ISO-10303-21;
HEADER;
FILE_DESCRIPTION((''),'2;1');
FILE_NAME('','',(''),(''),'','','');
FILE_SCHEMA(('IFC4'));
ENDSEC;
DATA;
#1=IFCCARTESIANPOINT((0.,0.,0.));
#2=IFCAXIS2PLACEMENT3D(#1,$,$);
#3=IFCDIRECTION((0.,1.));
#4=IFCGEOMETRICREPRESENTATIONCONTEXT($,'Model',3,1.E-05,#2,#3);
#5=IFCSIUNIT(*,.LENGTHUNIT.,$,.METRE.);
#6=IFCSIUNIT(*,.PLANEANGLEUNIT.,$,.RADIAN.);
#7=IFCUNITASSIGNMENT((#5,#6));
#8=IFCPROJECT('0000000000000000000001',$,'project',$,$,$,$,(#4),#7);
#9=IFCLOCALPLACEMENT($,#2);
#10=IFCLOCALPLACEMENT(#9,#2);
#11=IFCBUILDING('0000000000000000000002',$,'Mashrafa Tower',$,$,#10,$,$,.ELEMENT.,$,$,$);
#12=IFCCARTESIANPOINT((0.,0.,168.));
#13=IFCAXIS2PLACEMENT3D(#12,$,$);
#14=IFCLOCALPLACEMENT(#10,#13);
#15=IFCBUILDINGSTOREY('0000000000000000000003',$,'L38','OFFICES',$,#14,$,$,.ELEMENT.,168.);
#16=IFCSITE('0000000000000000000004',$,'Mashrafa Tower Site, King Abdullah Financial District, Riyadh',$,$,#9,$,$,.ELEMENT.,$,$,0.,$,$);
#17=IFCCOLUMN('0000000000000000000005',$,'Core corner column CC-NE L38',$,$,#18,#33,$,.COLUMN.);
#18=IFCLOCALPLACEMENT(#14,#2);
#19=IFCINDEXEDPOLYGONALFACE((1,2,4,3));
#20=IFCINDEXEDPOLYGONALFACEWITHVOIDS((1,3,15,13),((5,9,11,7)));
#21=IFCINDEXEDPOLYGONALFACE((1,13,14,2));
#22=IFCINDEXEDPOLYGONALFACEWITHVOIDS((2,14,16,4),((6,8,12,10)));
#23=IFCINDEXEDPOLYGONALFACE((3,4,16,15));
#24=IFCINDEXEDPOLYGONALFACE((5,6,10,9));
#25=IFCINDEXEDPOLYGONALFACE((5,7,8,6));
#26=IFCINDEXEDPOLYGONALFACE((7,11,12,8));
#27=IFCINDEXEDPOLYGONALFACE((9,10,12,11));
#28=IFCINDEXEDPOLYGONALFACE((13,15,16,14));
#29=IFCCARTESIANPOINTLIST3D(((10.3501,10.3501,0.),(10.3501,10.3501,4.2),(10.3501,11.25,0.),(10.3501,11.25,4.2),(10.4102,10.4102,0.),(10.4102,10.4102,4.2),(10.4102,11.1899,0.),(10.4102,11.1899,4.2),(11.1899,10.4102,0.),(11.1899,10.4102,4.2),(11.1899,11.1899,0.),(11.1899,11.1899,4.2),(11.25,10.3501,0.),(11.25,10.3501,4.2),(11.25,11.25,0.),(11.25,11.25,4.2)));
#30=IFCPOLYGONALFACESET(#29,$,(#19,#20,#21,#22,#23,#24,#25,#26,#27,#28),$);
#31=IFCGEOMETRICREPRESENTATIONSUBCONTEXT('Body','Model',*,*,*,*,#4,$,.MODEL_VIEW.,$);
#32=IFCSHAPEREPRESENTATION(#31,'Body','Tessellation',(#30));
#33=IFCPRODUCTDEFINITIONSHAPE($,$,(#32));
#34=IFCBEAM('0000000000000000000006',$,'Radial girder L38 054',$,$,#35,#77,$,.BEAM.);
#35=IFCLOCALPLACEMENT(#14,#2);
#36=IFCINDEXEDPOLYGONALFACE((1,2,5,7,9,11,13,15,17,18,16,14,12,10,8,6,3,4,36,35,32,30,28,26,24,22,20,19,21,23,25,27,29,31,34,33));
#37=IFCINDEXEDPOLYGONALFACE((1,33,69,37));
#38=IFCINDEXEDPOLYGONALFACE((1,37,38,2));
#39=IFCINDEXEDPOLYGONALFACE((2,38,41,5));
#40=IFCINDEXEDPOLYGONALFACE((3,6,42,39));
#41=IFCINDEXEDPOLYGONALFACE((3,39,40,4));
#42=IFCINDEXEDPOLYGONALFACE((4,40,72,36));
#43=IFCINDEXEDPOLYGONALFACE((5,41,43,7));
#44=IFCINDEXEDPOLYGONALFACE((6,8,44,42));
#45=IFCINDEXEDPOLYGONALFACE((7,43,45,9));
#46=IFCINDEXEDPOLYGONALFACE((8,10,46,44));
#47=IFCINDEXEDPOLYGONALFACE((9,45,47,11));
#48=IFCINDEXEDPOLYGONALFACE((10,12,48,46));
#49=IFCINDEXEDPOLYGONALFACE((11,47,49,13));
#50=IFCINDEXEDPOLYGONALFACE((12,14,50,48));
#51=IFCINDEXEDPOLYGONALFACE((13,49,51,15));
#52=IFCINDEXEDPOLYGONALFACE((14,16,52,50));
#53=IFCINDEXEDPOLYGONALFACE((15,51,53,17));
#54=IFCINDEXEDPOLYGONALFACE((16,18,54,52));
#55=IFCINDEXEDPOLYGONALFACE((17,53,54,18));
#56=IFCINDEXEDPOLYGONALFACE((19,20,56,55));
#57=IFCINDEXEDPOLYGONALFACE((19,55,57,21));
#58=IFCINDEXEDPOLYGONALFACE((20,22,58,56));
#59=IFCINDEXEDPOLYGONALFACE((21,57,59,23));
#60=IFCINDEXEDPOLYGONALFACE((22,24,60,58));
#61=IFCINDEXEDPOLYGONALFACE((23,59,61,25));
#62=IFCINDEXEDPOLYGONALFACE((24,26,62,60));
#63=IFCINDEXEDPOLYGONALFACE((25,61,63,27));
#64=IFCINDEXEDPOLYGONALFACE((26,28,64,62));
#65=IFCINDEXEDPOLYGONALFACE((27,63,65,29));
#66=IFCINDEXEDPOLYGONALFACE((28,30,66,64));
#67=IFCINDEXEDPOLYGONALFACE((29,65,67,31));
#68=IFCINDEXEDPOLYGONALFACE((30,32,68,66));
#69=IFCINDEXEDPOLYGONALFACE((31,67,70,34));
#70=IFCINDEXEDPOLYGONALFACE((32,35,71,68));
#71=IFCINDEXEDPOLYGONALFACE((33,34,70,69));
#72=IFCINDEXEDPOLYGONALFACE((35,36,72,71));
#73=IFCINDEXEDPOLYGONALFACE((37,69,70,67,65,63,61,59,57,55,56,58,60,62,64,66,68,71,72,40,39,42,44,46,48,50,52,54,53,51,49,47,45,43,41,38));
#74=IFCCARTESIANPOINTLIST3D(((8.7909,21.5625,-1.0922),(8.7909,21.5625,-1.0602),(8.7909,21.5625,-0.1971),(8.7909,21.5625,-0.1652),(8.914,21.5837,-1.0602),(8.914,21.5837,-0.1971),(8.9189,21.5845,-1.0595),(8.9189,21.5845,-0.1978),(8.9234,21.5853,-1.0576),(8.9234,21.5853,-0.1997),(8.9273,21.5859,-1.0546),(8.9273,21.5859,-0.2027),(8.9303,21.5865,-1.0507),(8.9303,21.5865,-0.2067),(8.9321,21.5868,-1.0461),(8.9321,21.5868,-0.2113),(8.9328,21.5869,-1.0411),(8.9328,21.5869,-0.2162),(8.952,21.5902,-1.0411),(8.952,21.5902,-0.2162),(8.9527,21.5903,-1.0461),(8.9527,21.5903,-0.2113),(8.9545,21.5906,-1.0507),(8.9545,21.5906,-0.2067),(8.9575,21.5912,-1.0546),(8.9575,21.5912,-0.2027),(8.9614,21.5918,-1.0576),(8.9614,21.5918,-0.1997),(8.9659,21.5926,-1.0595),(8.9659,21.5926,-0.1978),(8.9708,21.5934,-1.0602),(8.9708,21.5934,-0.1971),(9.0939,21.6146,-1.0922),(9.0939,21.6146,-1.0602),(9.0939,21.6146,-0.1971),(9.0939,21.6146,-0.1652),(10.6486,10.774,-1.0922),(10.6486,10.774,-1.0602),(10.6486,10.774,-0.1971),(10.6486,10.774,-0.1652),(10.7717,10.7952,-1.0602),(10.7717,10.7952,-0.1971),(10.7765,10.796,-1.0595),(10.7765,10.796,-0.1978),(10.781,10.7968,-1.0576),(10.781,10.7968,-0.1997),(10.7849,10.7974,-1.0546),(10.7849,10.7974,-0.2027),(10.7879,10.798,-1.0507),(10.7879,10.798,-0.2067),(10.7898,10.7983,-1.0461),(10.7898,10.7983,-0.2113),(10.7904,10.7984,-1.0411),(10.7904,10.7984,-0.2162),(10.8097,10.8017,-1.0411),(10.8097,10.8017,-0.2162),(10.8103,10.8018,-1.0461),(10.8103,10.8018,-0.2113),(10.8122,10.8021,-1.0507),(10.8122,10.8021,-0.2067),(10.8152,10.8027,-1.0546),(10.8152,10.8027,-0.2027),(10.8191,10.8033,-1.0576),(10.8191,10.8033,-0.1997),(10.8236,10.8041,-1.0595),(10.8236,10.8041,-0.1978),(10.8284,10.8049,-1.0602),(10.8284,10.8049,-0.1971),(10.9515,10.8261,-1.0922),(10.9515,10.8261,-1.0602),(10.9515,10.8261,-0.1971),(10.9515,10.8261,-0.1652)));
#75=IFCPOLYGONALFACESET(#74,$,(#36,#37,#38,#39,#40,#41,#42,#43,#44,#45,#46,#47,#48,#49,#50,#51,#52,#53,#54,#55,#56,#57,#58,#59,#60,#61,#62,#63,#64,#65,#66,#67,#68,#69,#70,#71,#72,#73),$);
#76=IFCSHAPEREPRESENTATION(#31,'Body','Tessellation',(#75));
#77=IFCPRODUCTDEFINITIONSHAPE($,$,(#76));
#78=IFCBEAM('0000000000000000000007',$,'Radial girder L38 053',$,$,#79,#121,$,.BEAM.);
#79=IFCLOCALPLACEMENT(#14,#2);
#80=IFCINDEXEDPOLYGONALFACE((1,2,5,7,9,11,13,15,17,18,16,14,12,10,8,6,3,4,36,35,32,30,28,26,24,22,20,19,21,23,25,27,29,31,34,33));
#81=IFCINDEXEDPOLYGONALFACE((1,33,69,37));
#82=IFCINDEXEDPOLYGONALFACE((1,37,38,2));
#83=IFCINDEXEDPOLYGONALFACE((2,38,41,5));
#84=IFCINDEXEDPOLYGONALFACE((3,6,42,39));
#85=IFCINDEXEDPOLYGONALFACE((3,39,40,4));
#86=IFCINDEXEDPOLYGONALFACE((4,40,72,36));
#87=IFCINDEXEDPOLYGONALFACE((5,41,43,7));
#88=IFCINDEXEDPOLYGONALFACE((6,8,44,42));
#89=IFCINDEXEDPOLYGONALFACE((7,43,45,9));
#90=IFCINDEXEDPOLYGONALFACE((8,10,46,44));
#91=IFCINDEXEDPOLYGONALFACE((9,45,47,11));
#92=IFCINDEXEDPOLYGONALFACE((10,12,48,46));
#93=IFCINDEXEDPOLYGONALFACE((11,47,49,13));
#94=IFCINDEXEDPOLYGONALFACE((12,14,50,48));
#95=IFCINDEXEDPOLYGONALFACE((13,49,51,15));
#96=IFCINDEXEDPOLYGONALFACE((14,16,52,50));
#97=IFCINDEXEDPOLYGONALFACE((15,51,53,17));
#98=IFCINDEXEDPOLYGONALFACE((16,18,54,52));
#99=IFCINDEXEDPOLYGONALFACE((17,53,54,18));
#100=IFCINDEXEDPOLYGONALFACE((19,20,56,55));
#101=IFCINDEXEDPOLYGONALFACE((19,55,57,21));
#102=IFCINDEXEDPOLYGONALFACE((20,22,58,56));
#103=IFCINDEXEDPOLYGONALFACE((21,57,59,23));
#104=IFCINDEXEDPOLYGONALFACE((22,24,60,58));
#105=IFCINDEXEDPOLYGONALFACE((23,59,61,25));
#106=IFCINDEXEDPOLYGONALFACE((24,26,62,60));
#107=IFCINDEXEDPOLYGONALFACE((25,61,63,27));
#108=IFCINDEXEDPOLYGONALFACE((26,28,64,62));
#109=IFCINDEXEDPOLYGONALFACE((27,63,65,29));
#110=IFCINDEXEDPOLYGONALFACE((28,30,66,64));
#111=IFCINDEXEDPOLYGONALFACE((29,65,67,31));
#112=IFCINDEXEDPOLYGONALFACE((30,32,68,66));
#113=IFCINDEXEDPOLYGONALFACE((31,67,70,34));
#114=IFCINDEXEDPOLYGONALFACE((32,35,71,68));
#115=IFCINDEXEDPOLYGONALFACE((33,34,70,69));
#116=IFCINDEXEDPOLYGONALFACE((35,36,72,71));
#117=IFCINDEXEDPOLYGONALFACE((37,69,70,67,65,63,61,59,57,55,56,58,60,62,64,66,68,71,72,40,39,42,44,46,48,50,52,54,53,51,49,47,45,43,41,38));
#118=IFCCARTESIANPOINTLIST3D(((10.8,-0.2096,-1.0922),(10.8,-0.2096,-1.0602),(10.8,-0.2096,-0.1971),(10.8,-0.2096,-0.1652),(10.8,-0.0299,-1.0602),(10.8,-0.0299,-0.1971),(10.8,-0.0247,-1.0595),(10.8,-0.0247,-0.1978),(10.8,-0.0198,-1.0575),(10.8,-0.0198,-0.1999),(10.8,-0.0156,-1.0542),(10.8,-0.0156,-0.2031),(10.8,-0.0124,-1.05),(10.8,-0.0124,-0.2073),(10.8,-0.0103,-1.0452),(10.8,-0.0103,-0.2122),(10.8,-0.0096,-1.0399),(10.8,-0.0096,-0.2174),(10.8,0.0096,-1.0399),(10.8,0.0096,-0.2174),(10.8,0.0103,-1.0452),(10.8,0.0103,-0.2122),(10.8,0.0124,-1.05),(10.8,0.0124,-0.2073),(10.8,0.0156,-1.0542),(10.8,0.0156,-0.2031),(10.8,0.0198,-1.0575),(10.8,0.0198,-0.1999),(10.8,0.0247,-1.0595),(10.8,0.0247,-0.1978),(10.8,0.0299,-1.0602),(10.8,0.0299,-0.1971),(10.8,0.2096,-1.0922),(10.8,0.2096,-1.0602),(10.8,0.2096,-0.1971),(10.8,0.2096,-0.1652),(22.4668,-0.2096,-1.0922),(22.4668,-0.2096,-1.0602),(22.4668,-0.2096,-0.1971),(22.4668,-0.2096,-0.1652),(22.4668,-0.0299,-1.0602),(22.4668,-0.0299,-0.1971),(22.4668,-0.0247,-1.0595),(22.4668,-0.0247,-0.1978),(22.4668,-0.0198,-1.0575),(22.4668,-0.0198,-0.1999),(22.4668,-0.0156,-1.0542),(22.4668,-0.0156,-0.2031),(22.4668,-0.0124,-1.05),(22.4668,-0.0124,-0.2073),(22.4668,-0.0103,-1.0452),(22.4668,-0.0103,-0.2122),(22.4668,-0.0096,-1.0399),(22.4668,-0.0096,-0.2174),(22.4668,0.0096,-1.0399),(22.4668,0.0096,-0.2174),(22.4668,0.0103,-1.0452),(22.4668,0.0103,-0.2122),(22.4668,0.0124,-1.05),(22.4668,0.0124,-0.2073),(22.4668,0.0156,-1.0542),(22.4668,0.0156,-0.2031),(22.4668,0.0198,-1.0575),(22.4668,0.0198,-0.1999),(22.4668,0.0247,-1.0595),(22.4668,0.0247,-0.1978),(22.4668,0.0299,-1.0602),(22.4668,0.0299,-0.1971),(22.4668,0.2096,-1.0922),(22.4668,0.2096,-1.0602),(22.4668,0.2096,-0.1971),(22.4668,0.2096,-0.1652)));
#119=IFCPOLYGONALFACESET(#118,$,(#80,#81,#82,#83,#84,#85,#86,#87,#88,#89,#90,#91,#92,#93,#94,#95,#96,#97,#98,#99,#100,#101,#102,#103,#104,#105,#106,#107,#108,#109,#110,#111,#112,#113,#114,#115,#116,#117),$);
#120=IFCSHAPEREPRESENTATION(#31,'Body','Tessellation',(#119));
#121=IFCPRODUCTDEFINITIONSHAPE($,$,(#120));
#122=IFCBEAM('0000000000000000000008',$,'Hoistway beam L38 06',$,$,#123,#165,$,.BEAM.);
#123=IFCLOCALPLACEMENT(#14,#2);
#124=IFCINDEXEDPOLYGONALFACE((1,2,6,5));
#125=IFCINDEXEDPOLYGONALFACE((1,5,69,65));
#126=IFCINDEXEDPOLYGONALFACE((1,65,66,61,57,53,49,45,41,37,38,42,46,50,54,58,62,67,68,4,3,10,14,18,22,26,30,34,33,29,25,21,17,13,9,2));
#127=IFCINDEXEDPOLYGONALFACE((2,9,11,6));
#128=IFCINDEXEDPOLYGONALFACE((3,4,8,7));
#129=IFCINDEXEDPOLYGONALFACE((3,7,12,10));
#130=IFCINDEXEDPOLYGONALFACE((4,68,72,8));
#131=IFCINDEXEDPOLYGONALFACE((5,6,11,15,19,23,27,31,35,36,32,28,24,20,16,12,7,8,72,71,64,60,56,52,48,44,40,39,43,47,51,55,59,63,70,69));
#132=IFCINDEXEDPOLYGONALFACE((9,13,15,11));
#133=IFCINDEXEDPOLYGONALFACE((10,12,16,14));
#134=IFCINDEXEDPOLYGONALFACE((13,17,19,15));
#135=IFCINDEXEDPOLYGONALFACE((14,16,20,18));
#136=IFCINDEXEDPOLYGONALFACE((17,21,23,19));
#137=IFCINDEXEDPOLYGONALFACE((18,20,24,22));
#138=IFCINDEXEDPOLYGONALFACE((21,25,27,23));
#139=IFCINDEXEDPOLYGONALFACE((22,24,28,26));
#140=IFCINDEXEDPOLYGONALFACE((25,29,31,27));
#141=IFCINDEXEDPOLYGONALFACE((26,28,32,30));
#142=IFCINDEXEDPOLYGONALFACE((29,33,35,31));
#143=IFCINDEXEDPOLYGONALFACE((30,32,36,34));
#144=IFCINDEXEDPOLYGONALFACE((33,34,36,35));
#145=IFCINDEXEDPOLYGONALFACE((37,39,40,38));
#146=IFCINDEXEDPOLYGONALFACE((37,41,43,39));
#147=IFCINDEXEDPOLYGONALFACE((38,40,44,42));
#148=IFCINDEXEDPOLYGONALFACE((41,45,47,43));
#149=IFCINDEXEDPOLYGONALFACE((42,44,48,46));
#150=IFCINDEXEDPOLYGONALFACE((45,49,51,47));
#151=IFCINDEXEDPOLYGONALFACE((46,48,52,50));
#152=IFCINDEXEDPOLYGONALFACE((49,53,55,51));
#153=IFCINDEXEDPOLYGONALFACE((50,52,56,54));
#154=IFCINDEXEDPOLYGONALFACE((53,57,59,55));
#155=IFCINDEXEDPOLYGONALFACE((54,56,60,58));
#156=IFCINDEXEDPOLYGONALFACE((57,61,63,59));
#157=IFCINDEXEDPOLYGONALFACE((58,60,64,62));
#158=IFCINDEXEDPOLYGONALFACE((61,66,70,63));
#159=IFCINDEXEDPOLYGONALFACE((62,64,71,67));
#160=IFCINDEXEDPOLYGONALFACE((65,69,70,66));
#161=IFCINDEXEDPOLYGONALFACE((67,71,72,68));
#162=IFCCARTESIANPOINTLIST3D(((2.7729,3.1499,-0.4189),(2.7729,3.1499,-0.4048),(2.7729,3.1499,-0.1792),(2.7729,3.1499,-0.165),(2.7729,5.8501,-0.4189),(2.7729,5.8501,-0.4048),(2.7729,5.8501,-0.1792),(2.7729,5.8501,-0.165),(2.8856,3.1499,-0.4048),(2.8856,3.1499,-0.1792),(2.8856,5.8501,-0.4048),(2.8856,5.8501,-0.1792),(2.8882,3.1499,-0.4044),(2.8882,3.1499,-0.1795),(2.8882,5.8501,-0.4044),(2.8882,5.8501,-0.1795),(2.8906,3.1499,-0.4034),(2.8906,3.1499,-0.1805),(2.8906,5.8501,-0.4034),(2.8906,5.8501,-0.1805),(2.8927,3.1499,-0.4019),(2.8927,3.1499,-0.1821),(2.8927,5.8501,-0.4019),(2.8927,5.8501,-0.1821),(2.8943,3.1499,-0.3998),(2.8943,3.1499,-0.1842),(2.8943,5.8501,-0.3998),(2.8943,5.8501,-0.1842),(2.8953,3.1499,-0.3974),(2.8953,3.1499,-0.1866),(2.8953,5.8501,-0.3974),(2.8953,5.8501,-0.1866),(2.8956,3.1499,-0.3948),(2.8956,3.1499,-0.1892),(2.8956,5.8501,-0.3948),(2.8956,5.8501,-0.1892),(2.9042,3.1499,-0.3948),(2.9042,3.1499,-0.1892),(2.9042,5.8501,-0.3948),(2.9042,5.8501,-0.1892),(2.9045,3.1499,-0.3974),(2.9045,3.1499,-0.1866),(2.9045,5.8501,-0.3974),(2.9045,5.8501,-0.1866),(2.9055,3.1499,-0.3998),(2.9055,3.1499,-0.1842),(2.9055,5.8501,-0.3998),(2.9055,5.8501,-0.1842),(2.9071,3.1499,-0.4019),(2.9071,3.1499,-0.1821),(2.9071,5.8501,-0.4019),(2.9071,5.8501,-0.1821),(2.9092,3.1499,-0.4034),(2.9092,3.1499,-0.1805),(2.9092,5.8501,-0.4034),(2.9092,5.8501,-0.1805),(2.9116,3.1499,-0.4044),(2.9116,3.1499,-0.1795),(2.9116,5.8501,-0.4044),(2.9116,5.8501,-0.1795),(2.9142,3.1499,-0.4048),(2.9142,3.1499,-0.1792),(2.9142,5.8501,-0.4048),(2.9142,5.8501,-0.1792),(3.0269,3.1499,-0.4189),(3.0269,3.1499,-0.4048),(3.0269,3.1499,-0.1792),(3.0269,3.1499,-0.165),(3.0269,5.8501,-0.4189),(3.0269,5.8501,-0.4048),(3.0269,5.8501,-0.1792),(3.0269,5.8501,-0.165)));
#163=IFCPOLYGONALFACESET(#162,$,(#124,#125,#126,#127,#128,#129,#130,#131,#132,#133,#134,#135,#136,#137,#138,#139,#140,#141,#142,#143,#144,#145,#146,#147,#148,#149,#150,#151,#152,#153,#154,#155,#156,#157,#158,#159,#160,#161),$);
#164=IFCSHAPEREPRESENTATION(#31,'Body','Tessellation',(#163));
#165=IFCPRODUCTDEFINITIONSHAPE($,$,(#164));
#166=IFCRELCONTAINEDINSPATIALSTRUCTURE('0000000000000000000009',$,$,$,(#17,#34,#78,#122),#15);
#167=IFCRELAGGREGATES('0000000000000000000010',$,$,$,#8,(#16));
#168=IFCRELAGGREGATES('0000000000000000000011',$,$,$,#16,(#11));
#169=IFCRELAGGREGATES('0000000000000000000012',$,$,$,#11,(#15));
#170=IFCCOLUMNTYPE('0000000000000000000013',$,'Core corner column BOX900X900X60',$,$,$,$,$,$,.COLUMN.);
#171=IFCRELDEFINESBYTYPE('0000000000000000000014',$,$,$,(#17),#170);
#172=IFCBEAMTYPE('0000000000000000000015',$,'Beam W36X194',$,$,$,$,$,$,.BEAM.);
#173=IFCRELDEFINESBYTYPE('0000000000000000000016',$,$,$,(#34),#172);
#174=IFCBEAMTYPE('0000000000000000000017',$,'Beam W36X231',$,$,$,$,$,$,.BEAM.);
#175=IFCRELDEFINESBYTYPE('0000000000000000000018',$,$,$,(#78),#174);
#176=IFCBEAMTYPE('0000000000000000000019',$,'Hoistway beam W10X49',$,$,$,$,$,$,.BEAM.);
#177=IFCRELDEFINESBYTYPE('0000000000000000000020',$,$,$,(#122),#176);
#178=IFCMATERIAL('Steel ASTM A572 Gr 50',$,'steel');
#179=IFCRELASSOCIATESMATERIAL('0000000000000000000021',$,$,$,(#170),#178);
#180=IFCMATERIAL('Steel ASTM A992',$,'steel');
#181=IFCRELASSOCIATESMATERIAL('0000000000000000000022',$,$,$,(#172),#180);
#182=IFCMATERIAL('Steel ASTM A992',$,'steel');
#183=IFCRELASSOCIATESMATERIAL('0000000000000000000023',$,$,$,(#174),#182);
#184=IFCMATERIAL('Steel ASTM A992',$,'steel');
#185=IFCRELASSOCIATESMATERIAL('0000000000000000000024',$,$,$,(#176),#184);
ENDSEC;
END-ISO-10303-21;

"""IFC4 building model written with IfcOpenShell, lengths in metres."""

from ifc_helpers import new_model, si_unit, direction, frame, origin, origin_2d, place, context, subcontext, project, spatial, hollow_rectangle, i_section, extrude, material, material_profile, profile_set, type_object, element, save


model = new_model("IFC4")

# Units and contexts
model_context = context("Model", 3, precision=1e-05, world=origin(), true_north=direction((0.0, 1.0)))
body_context = subcontext(model_context, "Body", "Model", "MODEL_VIEW")
ifc_project = project(units=[si_unit("LENGTHUNIT", "METRE"), si_unit("PLANEANGLEUNIT", "RADIAN")], contexts=[model_context])

# Site, building, storey
site_placement = place(None, origin())
site = spatial("IfcSite", under=ifc_project, at=site_placement, Name="Mashrafa Tower Site, King Abdullah Financial District, Riyadh", CompositionType="ELEMENT", RefElevation=0.0)
building_placement = place(site_placement, origin())
building = spatial("IfcBuilding", under=site, at=building_placement, Name="Mashrafa Tower", CompositionType="ELEMENT")
storey_placement = place(building_placement, frame((0.0, 0.0, 168.0)))
storey = spatial("IfcBuildingStorey", under=building, at=storey_placement, Name="L38", Description="OFFICES", CompositionType="ELEMENT", Elevation=168.0)

# Column
ifc_material_1 = material(Name="Steel ASTM A572 Gr 50", Category="steel")
ifc_material_profile_1 = material_profile(ifc_material_1, hollow_rectangle(XDim=0.8999, YDim=0.8999, WallThickness=0.0601, at=origin_2d()), Name="BOX900X900X60")
ifc_profile_set_1 = profile_set([ifc_material_profile_1], Name="Steel ASTM A572 Gr 50")
column_type = type_object("IfcColumnType", Name="Core corner column BOX900X900X60", PredefinedType="COLUMN", material=ifc_profile_set_1)
column_placement = place(storey_placement, frame((10.8, 10.8, 0.0), z_axis=(0.0, 0.0, 1.0), x_axis=(1.0, 0.0, 0.0)))
element("IfcColumn", 1, at=column_placement, inside=storey, type_object=column_type, Name="Core corner column CC-NE L38", PredefinedType="COLUMN", context=body_context, shape_type="SweptSolid", body=[
    extrude(hollow_rectangle(XDim=0.8999, YDim=0.8999, WallThickness=0.0601, at=origin_2d()), origin(), (0.0, 0.0, 1.0), 4.2),
])

# Beams
ifc_material_2 = material(Name="Steel ASTM A992", Category="steel")
ifc_material_profile_2 = material_profile(ifc_material_2, i_section(OverallWidth=0.3074, OverallDepth=0.927, WebThickness=0.0195, FlangeThickness=0.032, FilletRadius=0.019, at=origin_2d()), Name="W36X194")
ifc_profile_set_2 = profile_set([ifc_material_profile_2], Name="Steel ASTM A992")
beam_type_1 = type_object("IfcBeamType", Name="Beam W36X194", PredefinedType="BEAM", material=ifc_profile_set_2)
beam_1_placement = place(storey_placement, frame((10.8, 10.8, -0.6287), z_axis=(-0.169691, 0.985497, 0.0), x_axis=(-0.985497, -0.169691, 0.0)))
element("IfcBeam", 2, at=beam_1_placement, inside=storey, type_object=beam_type_1, Name="Radial girder L38 054", PredefinedType="BEAM", context=body_context, shape_type="SweptSolid", body=[
    extrude(i_section(OverallWidth=0.3074, OverallDepth=0.927, WebThickness=0.0195, FlangeThickness=0.032, FilletRadius=0.019, at=origin_2d()), origin(), (0.0, 0.0, 1.0), 10.9473),
])
ifc_material_3 = material(Name="Steel ASTM A992", Category="steel")
ifc_material_profile_3 = material_profile(ifc_material_3, i_section(OverallWidth=0.4192, OverallDepth=0.927, WebThickness=0.0193, FlangeThickness=0.032, FilletRadius=0.0203, at=origin_2d()), Name="W36X231")
ifc_profile_set_3 = profile_set([ifc_material_profile_3], Name="Steel ASTM A992")
beam_type_2 = type_object("IfcBeamType", Name="Beam W36X231", PredefinedType="BEAM", material=ifc_profile_set_3)
beam_2_placement = place(storey_placement, frame((10.8, 0.0, -0.6287), z_axis=(1.0, 0.0, 0.0), x_axis=(0.0, 1.0, 0.0)))
element("IfcBeam", 3, at=beam_2_placement, inside=storey, type_object=beam_type_2, Name="Radial girder L38 053", PredefinedType="BEAM", context=body_context, shape_type="SweptSolid", body=[
    extrude(i_section(OverallWidth=0.4192, OverallDepth=0.927, WebThickness=0.0193, FlangeThickness=0.032, FilletRadius=0.0203, at=origin_2d()), origin(), (0.0, 0.0, 1.0), 11.6667),
])
ifc_material_4 = material(Name="Steel ASTM A992", Category="steel")
ifc_material_profile_4 = material_profile(ifc_material_4, i_section(OverallWidth=0.2539, OverallDepth=0.2539, WebThickness=0.0085, FlangeThickness=0.0142, FilletRadius=0.01, at=origin_2d()), Name="W10X49")
ifc_profile_set_4 = profile_set([ifc_material_profile_4], Name="Steel ASTM A992")
beam_type_3 = type_object("IfcBeamType", Name="Hoistway beam W10X49", PredefinedType="BEAM", material=ifc_profile_set_4)
beam_3_placement = place(storey_placement, frame((2.8999, 3.1499, -0.292), z_axis=(0.0, 1.0, 0.0), x_axis=(-1.0, 0.0, 0.0)))
element("IfcBeam", 4, at=beam_3_placement, inside=storey, type_object=beam_type_3, Name="Hoistway beam L38 06", PredefinedType="BEAM", context=body_context, shape_type="SweptSolid", body=[
    extrude(i_section(OverallWidth=0.2539, OverallDepth=0.2539, WebThickness=0.0085, FlangeThickness=0.0142, FilletRadius=0.01, at=origin_2d()), origin(), (0.0, 0.0, 1.0), 2.7002),
])

save(model, "model.ifc")
